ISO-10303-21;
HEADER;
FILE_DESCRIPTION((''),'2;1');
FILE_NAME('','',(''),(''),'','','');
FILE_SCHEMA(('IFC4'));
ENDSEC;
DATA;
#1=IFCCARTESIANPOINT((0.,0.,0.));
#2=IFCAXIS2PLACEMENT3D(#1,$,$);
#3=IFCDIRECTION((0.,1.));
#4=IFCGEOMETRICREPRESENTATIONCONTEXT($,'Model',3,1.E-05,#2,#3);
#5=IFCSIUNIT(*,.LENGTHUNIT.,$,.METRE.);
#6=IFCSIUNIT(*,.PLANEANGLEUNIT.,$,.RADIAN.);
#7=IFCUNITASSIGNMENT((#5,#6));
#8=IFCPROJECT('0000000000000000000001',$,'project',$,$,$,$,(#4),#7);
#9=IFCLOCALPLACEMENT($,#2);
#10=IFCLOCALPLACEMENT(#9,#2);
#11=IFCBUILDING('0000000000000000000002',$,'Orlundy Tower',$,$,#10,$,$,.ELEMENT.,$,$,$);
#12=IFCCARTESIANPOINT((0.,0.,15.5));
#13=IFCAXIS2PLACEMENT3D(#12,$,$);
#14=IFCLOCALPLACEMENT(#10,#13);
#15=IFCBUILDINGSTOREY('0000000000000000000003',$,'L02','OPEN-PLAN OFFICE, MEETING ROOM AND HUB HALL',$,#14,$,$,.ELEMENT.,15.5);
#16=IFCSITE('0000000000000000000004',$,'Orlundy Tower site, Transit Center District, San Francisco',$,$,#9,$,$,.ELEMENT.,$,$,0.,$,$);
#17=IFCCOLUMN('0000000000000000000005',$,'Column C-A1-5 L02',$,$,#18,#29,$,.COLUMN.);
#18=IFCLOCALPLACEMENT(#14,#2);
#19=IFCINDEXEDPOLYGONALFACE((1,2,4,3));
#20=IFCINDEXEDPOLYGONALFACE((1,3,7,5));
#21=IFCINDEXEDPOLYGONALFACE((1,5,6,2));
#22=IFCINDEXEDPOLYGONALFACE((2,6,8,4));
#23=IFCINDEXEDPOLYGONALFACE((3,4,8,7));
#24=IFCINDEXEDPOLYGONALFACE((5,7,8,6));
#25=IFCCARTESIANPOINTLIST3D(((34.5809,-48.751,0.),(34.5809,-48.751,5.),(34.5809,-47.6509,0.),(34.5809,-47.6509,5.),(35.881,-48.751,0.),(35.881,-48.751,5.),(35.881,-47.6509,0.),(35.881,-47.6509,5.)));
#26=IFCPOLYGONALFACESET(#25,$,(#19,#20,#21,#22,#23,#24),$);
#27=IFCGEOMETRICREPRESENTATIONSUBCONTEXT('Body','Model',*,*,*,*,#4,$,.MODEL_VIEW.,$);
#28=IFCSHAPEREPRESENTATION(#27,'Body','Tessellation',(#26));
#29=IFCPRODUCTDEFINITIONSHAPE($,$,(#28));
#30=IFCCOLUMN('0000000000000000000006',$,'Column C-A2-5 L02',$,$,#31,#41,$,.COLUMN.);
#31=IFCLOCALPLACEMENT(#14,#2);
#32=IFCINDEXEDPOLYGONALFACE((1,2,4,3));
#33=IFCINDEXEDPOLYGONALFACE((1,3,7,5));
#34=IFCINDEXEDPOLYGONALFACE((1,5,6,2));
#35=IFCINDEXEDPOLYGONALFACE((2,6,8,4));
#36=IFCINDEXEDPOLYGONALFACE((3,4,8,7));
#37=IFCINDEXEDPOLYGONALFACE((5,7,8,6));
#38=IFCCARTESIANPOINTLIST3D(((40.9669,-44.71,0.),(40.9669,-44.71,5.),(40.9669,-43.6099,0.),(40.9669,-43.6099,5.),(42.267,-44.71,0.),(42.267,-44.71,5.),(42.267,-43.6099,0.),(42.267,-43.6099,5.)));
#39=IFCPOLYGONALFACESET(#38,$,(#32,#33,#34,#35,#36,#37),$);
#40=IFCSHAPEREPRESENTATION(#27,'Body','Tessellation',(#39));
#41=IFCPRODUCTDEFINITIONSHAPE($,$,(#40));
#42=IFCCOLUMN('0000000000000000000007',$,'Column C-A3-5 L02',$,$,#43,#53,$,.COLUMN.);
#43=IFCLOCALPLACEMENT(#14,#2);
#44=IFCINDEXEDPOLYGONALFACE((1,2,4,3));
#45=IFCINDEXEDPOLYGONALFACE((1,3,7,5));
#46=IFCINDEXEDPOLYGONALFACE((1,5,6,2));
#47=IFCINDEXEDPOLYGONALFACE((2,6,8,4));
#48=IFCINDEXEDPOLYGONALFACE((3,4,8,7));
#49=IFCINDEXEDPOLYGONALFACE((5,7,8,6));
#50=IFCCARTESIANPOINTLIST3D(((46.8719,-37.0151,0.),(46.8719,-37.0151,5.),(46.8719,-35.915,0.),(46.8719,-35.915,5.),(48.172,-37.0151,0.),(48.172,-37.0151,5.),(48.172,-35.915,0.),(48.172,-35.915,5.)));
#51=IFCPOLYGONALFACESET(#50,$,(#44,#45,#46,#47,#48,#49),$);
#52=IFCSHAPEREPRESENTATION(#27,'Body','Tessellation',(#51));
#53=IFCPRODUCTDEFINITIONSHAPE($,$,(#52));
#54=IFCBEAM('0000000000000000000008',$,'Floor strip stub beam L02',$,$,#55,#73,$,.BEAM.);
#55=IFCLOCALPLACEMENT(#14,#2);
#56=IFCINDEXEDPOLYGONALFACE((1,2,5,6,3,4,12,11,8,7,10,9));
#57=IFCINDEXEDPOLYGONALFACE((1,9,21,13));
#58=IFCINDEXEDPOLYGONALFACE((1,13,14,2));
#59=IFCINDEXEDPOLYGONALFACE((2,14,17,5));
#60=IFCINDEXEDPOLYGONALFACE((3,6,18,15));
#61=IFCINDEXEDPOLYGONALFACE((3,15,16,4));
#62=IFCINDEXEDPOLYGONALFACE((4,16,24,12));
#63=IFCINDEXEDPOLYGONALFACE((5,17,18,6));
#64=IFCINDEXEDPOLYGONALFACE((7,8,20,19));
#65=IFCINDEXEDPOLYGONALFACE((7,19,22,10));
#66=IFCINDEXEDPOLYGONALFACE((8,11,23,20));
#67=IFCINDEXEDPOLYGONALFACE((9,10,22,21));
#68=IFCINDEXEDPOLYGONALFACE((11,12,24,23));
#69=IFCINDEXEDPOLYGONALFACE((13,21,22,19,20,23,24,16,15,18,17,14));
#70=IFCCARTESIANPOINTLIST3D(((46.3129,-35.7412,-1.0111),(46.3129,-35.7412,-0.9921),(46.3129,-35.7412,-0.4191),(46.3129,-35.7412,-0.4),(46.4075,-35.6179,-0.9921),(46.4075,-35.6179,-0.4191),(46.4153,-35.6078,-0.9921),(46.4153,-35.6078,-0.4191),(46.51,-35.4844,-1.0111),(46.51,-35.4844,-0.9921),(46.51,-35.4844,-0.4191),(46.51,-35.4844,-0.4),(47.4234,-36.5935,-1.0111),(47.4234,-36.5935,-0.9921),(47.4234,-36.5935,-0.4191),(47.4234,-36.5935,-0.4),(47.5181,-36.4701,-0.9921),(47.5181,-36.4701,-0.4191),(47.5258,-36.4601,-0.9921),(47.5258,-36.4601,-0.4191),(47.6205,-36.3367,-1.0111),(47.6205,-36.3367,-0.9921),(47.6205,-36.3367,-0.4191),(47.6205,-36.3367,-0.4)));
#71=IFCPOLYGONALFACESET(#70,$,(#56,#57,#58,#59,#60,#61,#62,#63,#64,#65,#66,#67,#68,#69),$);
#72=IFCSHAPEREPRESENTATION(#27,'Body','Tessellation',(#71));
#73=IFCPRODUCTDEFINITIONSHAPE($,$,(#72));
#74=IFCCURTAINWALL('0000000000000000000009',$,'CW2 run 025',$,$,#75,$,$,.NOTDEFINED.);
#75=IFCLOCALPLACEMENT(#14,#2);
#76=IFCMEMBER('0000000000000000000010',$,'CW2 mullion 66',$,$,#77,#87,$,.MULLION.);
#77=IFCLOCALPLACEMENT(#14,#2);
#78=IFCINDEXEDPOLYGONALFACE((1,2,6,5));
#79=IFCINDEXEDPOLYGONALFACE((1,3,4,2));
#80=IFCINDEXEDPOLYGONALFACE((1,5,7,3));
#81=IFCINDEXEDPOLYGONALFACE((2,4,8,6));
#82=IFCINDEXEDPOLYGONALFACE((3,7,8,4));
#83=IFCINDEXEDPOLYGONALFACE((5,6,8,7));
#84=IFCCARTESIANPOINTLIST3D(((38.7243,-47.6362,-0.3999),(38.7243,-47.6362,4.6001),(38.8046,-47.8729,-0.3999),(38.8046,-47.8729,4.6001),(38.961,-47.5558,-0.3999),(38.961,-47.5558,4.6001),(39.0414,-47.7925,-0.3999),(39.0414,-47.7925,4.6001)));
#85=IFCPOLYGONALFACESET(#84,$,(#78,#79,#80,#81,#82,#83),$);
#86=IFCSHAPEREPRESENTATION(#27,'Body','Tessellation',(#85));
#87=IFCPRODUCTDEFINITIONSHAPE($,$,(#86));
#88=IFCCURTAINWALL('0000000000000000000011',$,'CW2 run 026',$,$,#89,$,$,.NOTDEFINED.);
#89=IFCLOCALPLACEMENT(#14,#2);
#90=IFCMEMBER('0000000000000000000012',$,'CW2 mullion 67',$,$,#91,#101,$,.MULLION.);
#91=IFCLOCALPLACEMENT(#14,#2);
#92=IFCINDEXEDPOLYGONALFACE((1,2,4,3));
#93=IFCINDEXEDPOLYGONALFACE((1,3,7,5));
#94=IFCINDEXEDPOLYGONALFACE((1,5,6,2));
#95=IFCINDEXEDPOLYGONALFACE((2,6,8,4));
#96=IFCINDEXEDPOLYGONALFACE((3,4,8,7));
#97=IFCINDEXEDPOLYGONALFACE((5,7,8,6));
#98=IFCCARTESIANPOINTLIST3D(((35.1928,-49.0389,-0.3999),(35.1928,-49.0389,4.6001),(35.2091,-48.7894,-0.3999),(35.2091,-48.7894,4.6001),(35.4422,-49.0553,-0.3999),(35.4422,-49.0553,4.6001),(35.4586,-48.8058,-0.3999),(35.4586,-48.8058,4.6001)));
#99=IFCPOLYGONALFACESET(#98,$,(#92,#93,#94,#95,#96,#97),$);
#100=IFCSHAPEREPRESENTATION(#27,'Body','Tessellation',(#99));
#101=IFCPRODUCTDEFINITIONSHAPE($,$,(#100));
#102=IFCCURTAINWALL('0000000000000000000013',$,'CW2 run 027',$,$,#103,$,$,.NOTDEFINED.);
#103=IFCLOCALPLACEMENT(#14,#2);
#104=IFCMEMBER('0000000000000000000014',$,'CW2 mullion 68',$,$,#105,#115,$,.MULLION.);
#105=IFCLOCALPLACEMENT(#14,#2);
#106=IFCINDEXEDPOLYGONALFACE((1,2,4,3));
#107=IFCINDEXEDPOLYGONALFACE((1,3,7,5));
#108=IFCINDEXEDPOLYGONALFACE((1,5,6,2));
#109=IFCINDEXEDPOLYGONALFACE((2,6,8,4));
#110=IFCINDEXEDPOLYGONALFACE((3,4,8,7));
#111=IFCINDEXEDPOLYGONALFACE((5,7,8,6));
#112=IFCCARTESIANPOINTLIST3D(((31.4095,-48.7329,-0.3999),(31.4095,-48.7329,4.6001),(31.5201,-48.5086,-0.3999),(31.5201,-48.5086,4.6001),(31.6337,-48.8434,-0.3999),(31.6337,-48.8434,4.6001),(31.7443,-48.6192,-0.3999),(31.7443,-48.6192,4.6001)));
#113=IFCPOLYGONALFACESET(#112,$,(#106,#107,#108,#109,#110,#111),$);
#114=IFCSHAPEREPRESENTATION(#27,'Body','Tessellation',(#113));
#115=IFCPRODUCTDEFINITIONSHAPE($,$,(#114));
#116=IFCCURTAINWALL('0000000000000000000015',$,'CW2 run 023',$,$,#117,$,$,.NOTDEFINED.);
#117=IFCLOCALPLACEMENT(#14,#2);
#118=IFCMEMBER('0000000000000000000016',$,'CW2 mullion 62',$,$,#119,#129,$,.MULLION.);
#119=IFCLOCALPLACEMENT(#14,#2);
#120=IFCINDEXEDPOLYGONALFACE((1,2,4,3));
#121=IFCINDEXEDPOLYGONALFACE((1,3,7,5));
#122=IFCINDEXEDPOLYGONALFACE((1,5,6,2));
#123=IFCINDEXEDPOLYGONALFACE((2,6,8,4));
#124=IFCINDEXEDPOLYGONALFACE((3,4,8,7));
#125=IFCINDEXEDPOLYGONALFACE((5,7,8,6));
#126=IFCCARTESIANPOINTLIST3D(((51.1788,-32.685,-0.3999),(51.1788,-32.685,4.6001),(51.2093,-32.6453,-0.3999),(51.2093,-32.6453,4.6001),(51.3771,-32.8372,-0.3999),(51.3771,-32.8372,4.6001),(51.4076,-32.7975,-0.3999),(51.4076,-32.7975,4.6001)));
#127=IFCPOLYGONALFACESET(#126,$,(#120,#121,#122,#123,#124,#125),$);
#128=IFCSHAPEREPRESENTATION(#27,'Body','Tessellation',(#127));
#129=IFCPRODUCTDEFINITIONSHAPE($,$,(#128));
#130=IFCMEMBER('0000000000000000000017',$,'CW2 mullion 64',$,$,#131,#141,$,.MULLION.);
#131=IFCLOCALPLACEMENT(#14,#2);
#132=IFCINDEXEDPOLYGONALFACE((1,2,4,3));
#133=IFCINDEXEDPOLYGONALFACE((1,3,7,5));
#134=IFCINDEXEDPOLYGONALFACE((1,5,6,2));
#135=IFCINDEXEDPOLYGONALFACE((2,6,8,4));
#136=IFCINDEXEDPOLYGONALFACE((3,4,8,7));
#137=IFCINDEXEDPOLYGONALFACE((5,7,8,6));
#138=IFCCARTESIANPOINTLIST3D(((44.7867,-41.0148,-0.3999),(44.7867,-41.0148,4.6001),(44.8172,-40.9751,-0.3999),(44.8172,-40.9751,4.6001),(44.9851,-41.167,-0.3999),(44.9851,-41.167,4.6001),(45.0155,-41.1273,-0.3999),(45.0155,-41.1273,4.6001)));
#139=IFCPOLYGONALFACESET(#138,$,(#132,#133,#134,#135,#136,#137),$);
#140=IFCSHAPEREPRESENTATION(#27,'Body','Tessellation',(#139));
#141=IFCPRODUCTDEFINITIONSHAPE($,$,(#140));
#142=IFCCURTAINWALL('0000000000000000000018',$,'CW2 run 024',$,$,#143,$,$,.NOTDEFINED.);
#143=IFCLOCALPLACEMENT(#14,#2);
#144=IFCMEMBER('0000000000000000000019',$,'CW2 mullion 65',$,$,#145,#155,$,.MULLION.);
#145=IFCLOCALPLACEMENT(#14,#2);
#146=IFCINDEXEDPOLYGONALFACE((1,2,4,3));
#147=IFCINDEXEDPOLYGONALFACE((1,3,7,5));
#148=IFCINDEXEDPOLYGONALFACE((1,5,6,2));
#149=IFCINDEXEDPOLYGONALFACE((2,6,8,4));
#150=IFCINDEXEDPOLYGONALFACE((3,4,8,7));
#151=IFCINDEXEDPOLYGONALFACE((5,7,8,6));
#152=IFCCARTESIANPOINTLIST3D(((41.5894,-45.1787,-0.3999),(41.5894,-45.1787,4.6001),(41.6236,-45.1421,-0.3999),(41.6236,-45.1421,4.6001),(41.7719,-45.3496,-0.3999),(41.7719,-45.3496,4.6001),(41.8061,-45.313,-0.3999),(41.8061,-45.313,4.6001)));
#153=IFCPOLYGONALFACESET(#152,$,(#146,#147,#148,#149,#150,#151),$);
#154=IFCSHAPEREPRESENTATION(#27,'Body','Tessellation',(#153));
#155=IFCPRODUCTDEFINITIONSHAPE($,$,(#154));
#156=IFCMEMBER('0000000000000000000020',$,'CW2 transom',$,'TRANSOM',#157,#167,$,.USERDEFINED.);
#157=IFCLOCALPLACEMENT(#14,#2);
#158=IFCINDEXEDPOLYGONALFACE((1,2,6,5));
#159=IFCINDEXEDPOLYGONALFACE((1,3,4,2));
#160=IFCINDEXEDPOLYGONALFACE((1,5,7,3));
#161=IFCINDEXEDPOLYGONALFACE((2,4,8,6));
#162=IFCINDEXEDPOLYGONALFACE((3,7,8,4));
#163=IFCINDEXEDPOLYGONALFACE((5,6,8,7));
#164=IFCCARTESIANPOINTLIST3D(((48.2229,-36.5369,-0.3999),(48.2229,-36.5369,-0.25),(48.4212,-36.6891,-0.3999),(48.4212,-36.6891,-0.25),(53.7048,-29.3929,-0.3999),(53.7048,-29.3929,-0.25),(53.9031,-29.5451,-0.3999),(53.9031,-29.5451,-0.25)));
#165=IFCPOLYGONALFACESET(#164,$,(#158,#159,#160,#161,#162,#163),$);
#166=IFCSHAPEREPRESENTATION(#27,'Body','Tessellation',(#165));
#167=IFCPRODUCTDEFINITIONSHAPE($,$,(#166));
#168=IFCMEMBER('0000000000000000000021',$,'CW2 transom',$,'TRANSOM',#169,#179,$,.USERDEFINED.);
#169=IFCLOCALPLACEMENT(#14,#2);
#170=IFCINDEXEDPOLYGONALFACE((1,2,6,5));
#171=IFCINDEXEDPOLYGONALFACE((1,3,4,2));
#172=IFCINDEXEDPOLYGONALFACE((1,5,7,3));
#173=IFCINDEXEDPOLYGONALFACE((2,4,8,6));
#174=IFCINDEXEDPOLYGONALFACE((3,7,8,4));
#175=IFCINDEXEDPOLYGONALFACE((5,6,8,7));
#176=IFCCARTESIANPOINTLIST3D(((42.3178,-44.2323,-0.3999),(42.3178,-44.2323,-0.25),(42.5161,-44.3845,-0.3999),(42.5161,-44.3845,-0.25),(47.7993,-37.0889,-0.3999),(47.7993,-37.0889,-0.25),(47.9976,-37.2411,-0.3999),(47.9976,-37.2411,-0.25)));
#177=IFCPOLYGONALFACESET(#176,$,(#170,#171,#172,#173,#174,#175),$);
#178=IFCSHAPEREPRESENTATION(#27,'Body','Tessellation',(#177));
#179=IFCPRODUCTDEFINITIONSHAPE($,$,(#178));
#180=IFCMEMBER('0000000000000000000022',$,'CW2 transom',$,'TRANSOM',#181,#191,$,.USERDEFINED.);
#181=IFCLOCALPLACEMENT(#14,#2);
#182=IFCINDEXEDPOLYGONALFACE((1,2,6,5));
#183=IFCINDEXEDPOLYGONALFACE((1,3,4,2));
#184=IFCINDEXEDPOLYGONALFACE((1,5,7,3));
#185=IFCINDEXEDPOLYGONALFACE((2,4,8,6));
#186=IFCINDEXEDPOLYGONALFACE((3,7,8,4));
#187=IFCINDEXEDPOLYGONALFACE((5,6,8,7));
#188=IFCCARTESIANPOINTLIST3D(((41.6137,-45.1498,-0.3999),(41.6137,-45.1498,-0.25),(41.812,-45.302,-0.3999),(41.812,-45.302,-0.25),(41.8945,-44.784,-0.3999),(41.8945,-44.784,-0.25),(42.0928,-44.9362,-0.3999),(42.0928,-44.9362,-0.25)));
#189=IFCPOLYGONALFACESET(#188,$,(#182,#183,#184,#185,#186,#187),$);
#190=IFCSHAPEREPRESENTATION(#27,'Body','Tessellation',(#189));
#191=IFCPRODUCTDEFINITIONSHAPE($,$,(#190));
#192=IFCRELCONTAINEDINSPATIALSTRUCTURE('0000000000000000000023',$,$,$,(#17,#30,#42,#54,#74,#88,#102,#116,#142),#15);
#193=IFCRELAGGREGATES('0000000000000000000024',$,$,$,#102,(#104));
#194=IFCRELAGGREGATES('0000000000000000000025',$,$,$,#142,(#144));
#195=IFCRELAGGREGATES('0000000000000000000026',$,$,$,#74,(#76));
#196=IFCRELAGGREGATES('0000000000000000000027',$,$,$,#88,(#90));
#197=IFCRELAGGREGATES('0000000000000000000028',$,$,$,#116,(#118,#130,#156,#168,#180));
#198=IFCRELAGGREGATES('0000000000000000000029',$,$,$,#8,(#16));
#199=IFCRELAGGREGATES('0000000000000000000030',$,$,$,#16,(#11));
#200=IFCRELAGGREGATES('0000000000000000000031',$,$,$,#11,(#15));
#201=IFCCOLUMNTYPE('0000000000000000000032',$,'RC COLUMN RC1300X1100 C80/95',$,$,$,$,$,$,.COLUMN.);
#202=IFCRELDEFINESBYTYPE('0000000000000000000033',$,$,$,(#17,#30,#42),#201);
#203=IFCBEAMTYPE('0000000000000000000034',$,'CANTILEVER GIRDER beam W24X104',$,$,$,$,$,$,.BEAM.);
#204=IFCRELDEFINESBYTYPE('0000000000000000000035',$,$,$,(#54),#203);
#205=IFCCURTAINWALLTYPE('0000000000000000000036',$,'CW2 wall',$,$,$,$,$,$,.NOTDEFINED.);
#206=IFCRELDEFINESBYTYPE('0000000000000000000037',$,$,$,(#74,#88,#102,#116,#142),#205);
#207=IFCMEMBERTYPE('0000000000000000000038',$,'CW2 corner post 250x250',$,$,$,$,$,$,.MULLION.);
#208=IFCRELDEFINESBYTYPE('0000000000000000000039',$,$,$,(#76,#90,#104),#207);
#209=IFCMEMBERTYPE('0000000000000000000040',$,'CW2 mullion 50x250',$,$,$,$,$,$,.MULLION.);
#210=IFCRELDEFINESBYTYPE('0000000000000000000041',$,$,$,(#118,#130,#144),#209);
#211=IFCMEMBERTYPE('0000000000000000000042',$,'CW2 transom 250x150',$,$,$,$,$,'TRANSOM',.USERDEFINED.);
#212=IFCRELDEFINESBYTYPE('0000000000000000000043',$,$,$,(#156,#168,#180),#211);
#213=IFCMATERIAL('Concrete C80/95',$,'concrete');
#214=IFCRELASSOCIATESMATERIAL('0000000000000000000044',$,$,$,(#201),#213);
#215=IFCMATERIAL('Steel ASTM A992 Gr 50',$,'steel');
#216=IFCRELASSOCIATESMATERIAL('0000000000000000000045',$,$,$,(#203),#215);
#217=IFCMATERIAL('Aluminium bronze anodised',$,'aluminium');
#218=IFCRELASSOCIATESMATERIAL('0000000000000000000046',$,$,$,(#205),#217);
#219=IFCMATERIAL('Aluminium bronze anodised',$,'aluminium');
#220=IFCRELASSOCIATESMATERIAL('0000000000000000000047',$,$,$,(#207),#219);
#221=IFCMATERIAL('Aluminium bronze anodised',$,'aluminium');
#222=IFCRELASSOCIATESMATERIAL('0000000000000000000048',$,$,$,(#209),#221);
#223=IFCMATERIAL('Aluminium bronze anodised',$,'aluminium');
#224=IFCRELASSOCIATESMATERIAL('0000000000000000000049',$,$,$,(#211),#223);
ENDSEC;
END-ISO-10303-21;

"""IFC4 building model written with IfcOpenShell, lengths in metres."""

from ifc_helpers import new_model, si_unit, direction, frame, origin, origin_2d, place, context, subcontext, project, spatial, rectangle, i_section, extrude, material, material_profile, profile_set, type_object, element, aggregate, save


model = new_model("IFC4")

# Units and contexts
model_context = context("Model", 3, precision=1e-05, world=origin(), true_north=direction((0.0, 1.0)))
body_context = subcontext(model_context, "Body", "Model", "MODEL_VIEW")
ifc_project = project(units=[si_unit("LENGTHUNIT", "METRE"), si_unit("PLANEANGLEUNIT", "RADIAN")], contexts=[model_context])

# Site, building, storey
site_placement = place(None, origin())
site = spatial("IfcSite", under=ifc_project, at=site_placement, Name="Orlundy Tower site, Transit Center District, San Francisco", CompositionType="ELEMENT", RefElevation=0.0)
building_placement = place(site_placement, origin())
building = spatial("IfcBuilding", under=site, at=building_placement, Name="Orlundy Tower", CompositionType="ELEMENT")
storey_placement = place(building_placement, frame((0.0, 0.0, 15.5)))
storey = spatial("IfcBuildingStorey", under=building, at=storey_placement, Name="L02", Description="OPEN-PLAN OFFICE, MEETING ROOM AND HUB HALL", CompositionType="ELEMENT", Elevation=15.5)

# Columns
ifc_material_1 = material(Name="Concrete C80/95", Category="concrete")
ifc_material_profile_1 = material_profile(ifc_material_1, rectangle(XDim=1.3, YDim=1.1001, at=origin_2d()), Name="RC1300X1100")
ifc_profile_set_1 = profile_set([ifc_material_profile_1], Name="Concrete C80/95")
column_type = type_object("IfcColumnType", Name="RC COLUMN RC1300X1100 C80/95", PredefinedType="COLUMN", material=ifc_profile_set_1)
for number, where, z_axis, x_axis, name in (
    (1, (35.231, -48.2009, 0.0), (0.0, 0.0, 1.0), (1.0, 0.0, 0.0), "Column C-A1-5 L02"),
    (2, (41.6169, -44.1599, 0.0), (0.0, 0.0, 1.0), (1.0, 0.0, 0.0), "Column C-A2-5 L02"),
    (3, (47.522, -36.4651, 0.0), (0.0, 0.0, 1.0), (1.0, 0.0, 0.0), "Column C-A3-5 L02"),
):
    element("IfcColumn", number, at=place(storey_placement, frame(where, z_axis=z_axis, x_axis=x_axis)), inside=storey, type_object=column_type, Name=name, PredefinedType="COLUMN", context=body_context, shape_type="SweptSolid", body=[
        extrude(rectangle(XDim=1.3, YDim=1.1001, at=origin_2d()), origin(), (0.0, 0.0, 1.0), 5.0),
    ])

# Beam
ifc_material_2 = material(Name="Steel ASTM A992 Gr 50", Category="steel")
ifc_material_profile_2 = material_profile(ifc_material_2, i_section(OverallWidth=0.3237, OverallDepth=0.6111, WebThickness=0.0127, FlangeThickness=0.019, at=origin_2d()), Name="W24X104")
ifc_profile_set_2 = profile_set([ifc_material_profile_2], Name="Steel ASTM A992 Gr 50")
beam_type = type_object("IfcBeamType", Name="CANTILEVER GIRDER beam W24X104", PredefinedType="BEAM", material=ifc_profile_set_2)
beam_placement = place(storey_placement, frame((47.522, -36.4651, -0.7056), z_axis=(-0.793317, 0.608809, 0.0), x_axis=(-0.608809, -0.793317, 0.0)))
element("IfcBeam", 4, at=beam_placement, inside=storey, type_object=beam_type, Name="Floor strip stub beam L02", PredefinedType="BEAM", context=body_context, shape_type="SweptSolid", body=[
    extrude(i_section(OverallWidth=0.3237, OverallDepth=0.6111, WebThickness=0.0127, FlangeThickness=0.019, at=origin_2d()), origin(), (0.0, 0.0, 1.0), 1.3999),
])

# Curtain walls, members
ifc_material_3 = material(Name="Aluminium bronze anodised", Category="aluminium")
curtain_wall_type = type_object("IfcCurtainWallType", Name="CW2 wall", PredefinedType="NOTDEFINED", material=ifc_material_3)
curtain_wall_1_placement = place(storey_placement, origin())
curtain_wall_1 = element("IfcCurtainWall", 5, at=curtain_wall_1_placement, inside=storey, type_object=curtain_wall_type, Name="CW2 run 025", PredefinedType="NOTDEFINED")
ifc_material_4 = material(Name="Aluminium bronze anodised", Category="aluminium")
ifc_material_profile_3 = material_profile(ifc_material_4, rectangle(XDim=0.25, YDim=0.25, at=origin_2d()), Name="CW2 corner post 250x250")
ifc_profile_set_3 = profile_set([ifc_material_profile_3], Name="Aluminium bronze anodised")
member_type_1 = type_object("IfcMemberType", Name="CW2 corner post 250x250", PredefinedType="MULLION", material=ifc_profile_set_3)
member_1_placement = place(storey_placement, frame((38.8828, -47.7144, -0.3999), z_axis=(0.0, 0.0, 1.0), x_axis=(0.321564, -0.946888, 0.0)))
member_1 = element("IfcMember", 6, at=member_1_placement, type_object=member_type_1, Name="CW2 mullion 66", PredefinedType="MULLION", context=body_context, shape_type="SweptSolid", body=[
    extrude(rectangle(XDim=0.25, YDim=0.25, at=origin_2d()), origin(), (0.0, 0.0, 1.0), 5.0),
])
curtain_wall_2_placement = place(storey_placement, origin())
curtain_wall_2 = element("IfcCurtainWall", 7, at=curtain_wall_2_placement, inside=storey, type_object=curtain_wall_type, Name="CW2 run 026", PredefinedType="NOTDEFINED")
member_2_placement = place(storey_placement, frame((35.3257, -48.9224, -0.3999), z_axis=(0.0, 0.0, 1.0), x_axis=(-0.065552, -0.997849, 0.0)))
member_2 = element("IfcMember", 8, at=member_2_placement, type_object=member_type_1, Name="CW2 mullion 67", PredefinedType="MULLION", context=body_context, shape_type="SweptSolid", body=[
    extrude(rectangle(XDim=0.25, YDim=0.25, at=origin_2d()), origin(), (0.0, 0.0, 1.0), 5.0),
])
curtain_wall_3_placement = place(storey_placement, origin())
curtain_wall_3 = element("IfcCurtainWall", 9, at=curtain_wall_3_placement, inside=storey, type_object=curtain_wall_type, Name="CW2 run 027", PredefinedType="NOTDEFINED")
member_3_placement = place(storey_placement, frame((31.5769, -48.676, -0.3999), z_axis=(0.0, 0.0, 1.0), x_axis=(-0.442242, -0.896896, 0.0)))
member_3 = element("IfcMember", 10, at=member_3_placement, type_object=member_type_1, Name="CW2 mullion 68", PredefinedType="MULLION", context=body_context, shape_type="SweptSolid", body=[
    extrude(rectangle(XDim=0.25, YDim=0.25, at=origin_2d()), origin(), (0.0, 0.0, 1.0), 5.0),
])

# Curtain wall, members
curtain_wall_4_placement = place(storey_placement, origin())
curtain_wall_4 = element("IfcCurtainWall", 11, at=curtain_wall_4_placement, inside=storey, type_object=curtain_wall_type, Name="CW2 run 023", PredefinedType="NOTDEFINED")
ifc_material_5 = material(Name="Aluminium bronze anodised", Category="aluminium")
ifc_material_profile_4 = material_profile(ifc_material_5, rectangle(XDim=0.25, YDim=0.05, at=origin_2d()), Name="CW2 mullion 50x250")
ifc_profile_set_4 = profile_set([ifc_material_profile_4], Name="Aluminium bronze anodised")
member_type_2 = type_object("IfcMemberType", Name="CW2 mullion 50x250", PredefinedType="MULLION", material=ifc_profile_set_4)
member_4_placement = place(storey_placement, frame((51.2932, -32.7412, -0.3999), z_axis=(0.0, 0.0, 1.0), x_axis=(0.793346, -0.608771, 0.0)))
member_4 = element("IfcMember", 12, at=member_4_placement, type_object=member_type_2, Name="CW2 mullion 62", PredefinedType="MULLION", context=body_context, shape_type="SweptSolid", body=[
    extrude(rectangle(XDim=0.25, YDim=0.05, at=origin_2d()), origin(), (0.0, 0.0, 1.0), 5.0),
])
member_5_placement = place(storey_placement, frame((44.9011, -41.071, -0.3999), z_axis=(0.0, 0.0, 1.0), x_axis=(0.793346, -0.608771, 0.0)))
member_5 = element("IfcMember", 13, at=member_5_placement, type_object=member_type_2, Name="CW2 mullion 64", PredefinedType="MULLION", context=body_context, shape_type="SweptSolid", body=[
    extrude(rectangle(XDim=0.25, YDim=0.05, at=origin_2d()), origin(), (0.0, 0.0, 1.0), 5.0),
])

# Curtain wall, member
curtain_wall_5_placement = place(storey_placement, origin())
curtain_wall_5 = element("IfcCurtainWall", 14, at=curtain_wall_5_placement, inside=storey, type_object=curtain_wall_type, Name="CW2 run 024", PredefinedType="NOTDEFINED")
member_6_placement = place(storey_placement, frame((41.6978, -45.2458, -0.3999), z_axis=(0.0, 0.0, 1.0), x_axis=(0.729851, -0.683607, 0.0)))
member_6 = element("IfcMember", 15, at=member_6_placement, type_object=member_type_2, Name="CW2 mullion 65", PredefinedType="MULLION", context=body_context, shape_type="SweptSolid", body=[
    extrude(rectangle(XDim=0.25, YDim=0.05, at=origin_2d()), origin(), (0.0, 0.0, 1.0), 5.0),
])

# Members
ifc_material_6 = material(Name="Aluminium bronze anodised", Category="aluminium")
ifc_material_profile_5 = material_profile(ifc_material_6, rectangle(XDim=0.25, YDim=0.1499, at=origin_2d()), Name="CW2 transom 250x150")
ifc_profile_set_5 = profile_set([ifc_material_profile_5], Name="Aluminium bronze anodised")
member_type_3 = type_object("IfcMemberType", Name="CW2 transom 250x150", ElementType="TRANSOM", PredefinedType="USERDEFINED", material=ifc_profile_set_5)
member_7_placement = place(storey_placement, frame((53.804, -29.469, -0.325), z_axis=(-0.60877, -0.793347, 0.0), x_axis=(0.793347, -0.60877, 0.0)))
member_7 = element("IfcMember", 16, at=member_7_placement, type_object=member_type_3, Name="CW2 transom", ObjectType="TRANSOM", PredefinedType="USERDEFINED", context=body_context, shape_type="SweptSolid", body=[
    extrude(rectangle(XDim=0.25, YDim=0.1499, at=origin_2d()), origin(), (0.0, 0.0, 1.0), 9.0049),
])
member_8_placement = place(storey_placement, frame((47.8984, -37.165, -0.325), z_axis=(-0.608775, -0.793343, 0.0), x_axis=(0.793343, -0.608775, 0.0)))
member_8 = element("IfcMember", 17, at=member_8_placement, type_object=member_type_3, Name="CW2 transom", ObjectType="TRANSOM", PredefinedType="USERDEFINED", context=body_context, shape_type="SweptSolid", body=[
    extrude(rectangle(XDim=0.25, YDim=0.1499, at=origin_2d()), origin(), (0.0, 0.0, 1.0), 9.0042),
])
member_9_placement = place(storey_placement, frame((41.9937, -44.8601, -0.325), z_axis=(-0.608943, -0.793214, 0.0), x_axis=(0.793214, -0.608943, 0.0)))
member_9 = element("IfcMember", 18, at=member_9_placement, type_object=member_type_3, Name="CW2 transom", ObjectType="TRANSOM", PredefinedType="USERDEFINED", context=body_context, shape_type="SweptSolid", body=[
    extrude(rectangle(XDim=0.25, YDim=0.1499, at=origin_2d()), origin(), (0.0, 0.0, 1.0), 0.4612),
])
aggregate(curtain_wall_3, [member_3])

aggregate(curtain_wall_5, [member_6])
aggregate(curtain_wall_1, [member_1])
aggregate(curtain_wall_2, [member_2])
aggregate(curtain_wall_4, [member_4, member_5, member_7, member_8, member_9])

save(model, "model.ifc")
